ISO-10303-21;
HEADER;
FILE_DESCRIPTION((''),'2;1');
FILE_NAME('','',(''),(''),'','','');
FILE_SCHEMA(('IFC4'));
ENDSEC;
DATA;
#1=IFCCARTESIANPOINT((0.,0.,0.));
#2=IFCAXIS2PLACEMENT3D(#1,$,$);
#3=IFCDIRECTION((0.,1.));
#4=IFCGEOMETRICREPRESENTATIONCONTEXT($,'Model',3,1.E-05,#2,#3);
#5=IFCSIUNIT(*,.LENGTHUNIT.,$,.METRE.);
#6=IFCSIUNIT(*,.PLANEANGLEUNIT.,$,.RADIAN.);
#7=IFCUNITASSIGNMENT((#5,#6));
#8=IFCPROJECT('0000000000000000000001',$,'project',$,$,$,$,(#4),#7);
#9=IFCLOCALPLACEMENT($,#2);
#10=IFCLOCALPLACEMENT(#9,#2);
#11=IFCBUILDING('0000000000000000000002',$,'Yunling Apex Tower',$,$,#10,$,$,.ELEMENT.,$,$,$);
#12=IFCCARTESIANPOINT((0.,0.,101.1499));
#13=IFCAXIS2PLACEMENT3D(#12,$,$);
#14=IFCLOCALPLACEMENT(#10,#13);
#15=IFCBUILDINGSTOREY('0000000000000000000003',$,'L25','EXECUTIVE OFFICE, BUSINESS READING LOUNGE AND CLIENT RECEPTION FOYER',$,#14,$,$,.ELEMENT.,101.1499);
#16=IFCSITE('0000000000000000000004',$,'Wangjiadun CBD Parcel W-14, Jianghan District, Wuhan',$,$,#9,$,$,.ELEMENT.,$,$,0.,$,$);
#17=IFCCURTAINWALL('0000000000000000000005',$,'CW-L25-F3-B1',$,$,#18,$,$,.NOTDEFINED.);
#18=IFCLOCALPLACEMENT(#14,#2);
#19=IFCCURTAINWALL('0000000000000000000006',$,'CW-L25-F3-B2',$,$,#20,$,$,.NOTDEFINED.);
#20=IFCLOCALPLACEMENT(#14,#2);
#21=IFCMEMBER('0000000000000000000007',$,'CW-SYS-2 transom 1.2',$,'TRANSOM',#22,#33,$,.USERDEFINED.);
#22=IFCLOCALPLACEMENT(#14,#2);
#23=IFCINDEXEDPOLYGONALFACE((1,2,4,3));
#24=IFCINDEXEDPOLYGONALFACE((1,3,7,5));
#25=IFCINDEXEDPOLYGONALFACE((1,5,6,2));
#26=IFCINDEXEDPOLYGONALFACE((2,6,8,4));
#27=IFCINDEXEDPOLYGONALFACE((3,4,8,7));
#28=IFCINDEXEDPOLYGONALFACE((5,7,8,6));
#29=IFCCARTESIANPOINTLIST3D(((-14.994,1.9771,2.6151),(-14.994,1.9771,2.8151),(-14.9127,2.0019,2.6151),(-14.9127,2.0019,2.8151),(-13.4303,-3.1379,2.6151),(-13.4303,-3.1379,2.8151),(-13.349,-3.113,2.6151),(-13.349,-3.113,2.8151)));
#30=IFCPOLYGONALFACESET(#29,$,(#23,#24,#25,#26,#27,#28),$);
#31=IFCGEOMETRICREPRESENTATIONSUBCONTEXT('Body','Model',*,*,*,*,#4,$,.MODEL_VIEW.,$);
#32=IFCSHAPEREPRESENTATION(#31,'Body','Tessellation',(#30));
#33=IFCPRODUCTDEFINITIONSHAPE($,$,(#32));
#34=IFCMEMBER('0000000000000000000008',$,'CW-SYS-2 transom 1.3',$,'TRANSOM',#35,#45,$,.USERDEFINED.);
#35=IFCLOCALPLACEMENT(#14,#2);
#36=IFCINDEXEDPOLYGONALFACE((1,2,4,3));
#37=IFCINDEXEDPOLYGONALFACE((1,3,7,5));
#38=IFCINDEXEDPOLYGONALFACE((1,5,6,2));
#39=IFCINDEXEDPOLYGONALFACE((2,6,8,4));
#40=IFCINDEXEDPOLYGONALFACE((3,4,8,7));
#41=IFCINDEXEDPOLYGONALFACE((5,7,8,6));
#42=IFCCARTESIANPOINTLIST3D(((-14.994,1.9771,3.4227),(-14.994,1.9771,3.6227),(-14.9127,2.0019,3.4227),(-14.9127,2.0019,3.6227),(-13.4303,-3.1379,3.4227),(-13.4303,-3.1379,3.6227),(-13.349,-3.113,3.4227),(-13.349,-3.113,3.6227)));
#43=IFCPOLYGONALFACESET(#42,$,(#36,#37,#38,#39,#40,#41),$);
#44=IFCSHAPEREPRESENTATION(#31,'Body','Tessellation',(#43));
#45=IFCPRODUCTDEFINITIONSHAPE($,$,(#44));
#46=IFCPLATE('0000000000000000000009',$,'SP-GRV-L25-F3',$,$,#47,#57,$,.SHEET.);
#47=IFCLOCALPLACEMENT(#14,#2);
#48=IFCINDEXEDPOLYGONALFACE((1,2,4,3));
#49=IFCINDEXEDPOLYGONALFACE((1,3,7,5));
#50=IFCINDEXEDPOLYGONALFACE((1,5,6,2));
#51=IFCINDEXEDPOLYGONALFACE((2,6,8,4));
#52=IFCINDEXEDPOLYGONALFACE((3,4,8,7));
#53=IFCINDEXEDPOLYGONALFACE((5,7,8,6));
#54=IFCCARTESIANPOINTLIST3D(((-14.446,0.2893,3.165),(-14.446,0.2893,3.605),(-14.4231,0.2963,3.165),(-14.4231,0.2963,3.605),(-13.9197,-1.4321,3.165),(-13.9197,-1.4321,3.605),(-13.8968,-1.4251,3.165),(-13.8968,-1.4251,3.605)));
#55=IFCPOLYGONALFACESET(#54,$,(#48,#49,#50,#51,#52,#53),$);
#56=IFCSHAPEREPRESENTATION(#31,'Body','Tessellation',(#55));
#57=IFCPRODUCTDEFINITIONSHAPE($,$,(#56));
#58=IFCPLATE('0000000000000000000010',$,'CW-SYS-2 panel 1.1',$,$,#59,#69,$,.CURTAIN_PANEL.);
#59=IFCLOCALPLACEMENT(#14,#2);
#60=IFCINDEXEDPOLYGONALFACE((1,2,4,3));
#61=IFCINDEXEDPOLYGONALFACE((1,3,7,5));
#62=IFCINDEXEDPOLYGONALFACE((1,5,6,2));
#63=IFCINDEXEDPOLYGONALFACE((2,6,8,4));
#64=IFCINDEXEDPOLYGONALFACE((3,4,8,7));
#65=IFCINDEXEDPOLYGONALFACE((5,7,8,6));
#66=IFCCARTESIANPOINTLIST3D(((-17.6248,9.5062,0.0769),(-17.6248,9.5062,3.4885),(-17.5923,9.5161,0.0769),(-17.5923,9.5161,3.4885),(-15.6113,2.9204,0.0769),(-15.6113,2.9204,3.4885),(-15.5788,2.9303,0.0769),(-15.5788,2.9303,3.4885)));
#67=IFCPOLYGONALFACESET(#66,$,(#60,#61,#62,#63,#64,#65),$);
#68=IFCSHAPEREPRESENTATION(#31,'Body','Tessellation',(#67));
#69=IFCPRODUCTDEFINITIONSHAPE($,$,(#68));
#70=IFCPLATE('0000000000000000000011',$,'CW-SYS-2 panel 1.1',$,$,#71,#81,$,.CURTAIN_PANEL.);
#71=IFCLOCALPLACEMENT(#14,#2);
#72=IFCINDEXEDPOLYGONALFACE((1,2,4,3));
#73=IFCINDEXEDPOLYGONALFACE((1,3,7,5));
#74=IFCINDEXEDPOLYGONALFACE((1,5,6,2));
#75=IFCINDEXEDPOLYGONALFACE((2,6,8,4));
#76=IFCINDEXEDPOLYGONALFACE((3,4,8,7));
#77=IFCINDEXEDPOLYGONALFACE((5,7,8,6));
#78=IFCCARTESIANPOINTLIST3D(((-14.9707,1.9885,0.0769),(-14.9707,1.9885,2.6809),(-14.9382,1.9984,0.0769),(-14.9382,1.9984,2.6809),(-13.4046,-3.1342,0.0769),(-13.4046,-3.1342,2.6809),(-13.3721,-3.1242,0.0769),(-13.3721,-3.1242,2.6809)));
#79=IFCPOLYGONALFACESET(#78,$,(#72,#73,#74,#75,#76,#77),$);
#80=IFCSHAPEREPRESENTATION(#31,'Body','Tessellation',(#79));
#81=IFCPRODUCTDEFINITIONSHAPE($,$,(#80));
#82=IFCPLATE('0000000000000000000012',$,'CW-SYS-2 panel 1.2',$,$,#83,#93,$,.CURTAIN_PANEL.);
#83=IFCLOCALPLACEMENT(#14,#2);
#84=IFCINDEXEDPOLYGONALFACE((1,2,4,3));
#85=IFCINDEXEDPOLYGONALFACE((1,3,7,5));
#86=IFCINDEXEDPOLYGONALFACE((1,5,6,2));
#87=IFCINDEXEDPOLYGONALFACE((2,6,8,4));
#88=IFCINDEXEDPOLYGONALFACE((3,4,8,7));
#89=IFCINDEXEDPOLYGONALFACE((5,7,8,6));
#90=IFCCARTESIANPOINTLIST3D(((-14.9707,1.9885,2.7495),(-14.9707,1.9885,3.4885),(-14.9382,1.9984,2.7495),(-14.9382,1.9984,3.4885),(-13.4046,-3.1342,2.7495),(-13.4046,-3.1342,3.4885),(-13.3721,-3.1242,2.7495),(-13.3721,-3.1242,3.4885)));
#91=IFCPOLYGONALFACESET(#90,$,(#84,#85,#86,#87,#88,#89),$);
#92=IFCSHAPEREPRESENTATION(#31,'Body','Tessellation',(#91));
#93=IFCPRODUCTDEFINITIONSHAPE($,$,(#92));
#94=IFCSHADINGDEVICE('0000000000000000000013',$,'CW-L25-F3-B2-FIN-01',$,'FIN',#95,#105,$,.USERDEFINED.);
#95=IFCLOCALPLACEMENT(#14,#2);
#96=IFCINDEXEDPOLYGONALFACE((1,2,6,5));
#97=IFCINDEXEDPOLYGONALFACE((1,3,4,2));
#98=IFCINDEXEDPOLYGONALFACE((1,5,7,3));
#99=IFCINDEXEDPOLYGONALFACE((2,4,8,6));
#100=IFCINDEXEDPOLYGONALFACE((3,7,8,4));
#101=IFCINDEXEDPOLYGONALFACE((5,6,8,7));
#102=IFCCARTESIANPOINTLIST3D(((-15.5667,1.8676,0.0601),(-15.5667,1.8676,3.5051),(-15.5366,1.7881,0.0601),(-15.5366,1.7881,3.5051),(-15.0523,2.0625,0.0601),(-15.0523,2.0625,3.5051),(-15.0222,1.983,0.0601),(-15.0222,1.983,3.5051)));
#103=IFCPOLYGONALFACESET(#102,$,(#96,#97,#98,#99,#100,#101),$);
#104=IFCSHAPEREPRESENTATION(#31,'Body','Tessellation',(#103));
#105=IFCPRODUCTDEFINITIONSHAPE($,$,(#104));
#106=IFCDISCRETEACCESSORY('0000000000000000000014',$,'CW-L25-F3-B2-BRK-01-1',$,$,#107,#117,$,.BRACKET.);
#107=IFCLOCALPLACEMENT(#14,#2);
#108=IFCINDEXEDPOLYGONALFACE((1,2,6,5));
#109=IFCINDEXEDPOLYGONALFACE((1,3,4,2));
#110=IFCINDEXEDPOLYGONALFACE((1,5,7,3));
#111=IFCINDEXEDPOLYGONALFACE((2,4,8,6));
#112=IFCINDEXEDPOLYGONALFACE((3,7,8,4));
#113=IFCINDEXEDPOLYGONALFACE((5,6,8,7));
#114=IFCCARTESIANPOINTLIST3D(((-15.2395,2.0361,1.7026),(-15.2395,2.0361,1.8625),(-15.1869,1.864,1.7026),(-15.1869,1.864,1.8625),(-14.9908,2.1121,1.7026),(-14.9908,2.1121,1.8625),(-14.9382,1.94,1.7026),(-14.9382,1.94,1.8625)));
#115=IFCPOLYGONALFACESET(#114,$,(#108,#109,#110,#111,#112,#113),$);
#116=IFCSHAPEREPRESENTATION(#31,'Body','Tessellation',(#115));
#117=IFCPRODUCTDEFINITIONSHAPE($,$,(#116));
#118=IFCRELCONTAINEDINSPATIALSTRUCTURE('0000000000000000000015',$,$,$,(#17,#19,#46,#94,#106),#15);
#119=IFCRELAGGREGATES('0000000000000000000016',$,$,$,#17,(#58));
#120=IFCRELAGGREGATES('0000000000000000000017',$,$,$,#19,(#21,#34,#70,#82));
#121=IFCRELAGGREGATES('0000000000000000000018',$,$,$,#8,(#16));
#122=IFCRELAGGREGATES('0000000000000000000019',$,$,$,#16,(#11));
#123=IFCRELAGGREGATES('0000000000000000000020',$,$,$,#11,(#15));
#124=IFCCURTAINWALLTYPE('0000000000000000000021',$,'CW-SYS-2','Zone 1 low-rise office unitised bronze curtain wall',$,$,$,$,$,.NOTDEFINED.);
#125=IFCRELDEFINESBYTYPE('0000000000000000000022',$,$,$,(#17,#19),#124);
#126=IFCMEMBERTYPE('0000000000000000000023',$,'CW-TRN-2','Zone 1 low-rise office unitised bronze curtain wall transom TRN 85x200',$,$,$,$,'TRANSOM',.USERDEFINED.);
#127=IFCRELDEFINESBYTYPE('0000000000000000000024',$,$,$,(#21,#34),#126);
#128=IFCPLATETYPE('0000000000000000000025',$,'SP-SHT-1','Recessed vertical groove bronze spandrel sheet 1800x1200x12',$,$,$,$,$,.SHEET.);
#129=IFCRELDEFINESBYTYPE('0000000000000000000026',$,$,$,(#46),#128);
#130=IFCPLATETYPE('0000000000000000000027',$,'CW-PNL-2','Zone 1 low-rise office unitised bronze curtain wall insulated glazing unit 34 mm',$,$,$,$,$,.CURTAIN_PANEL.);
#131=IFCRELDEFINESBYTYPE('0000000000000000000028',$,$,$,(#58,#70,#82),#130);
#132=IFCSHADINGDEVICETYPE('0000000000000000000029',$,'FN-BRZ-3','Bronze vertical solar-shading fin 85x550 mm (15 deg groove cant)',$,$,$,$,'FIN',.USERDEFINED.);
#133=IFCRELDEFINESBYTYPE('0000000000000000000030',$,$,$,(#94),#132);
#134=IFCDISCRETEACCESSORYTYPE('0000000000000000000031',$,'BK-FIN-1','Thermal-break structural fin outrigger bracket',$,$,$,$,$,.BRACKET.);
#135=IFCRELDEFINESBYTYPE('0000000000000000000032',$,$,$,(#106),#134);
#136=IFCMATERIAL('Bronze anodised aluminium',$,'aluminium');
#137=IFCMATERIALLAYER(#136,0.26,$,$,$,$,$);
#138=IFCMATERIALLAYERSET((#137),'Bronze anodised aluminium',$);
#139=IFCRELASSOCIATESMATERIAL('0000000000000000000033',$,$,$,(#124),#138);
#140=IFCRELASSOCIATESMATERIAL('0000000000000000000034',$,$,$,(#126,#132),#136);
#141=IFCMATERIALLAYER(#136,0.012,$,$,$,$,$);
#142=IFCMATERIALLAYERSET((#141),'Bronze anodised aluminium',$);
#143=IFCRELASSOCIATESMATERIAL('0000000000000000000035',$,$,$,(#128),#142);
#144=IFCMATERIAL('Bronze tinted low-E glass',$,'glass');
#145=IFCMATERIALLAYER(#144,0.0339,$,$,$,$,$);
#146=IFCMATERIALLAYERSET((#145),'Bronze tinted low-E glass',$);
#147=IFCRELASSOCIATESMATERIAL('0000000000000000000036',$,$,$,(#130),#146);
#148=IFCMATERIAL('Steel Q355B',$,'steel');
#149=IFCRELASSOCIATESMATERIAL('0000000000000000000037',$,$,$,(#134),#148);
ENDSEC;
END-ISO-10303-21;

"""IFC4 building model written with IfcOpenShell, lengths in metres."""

from ifc_helpers import new_model, si_unit, direction, frame, origin, origin_2d, place, context, subcontext, project, spatial, rectangle, extrude, source, transform, mapped, material, layer, layer_set, material_profile, profile_set, type_object, element, aggregate, save


model = new_model("IFC4")

# Units and contexts
model_context = context("Model", 3, precision=1e-05, world=origin(), true_north=direction((0.0, 1.0)))
body_context = subcontext(model_context, "Body", "Model", "MODEL_VIEW")
ifc_project = project(units=[si_unit("LENGTHUNIT", "METRE"), si_unit("PLANEANGLEUNIT", "RADIAN")], contexts=[model_context])

# Site, building, storey
site_placement = place(None, origin())
site = spatial("IfcSite", under=ifc_project, at=site_placement, Name="Wangjiadun CBD Parcel W-14, Jianghan District, Wuhan", CompositionType="ELEMENT", RefElevation=0.0)
building_placement = place(site_placement, origin())
building = spatial("IfcBuilding", under=site, at=building_placement, Name="Yunling Apex Tower", CompositionType="ELEMENT")
storey_placement = place(building_placement, frame((0.0, 0.0, 101.1499)))
storey = spatial("IfcBuildingStorey", under=building, at=storey_placement, Name="L25", Description="EXECUTIVE OFFICE, BUSINESS READING LOUNGE AND CLIENT RECEPTION FOYER", CompositionType="ELEMENT", Elevation=101.1499)

# Shared definitions
ifc_material_1 = material(Name="Steel Q355B", Category="steel")

# Curtain wall
ifc_material_2 = material(Name="Bronze anodised aluminium", Category="aluminium")
ifc_layer_1 = layer(ifc_material_2, 0.26)
ifc_layer_set_1 = layer_set([ifc_layer_1], Name="Bronze anodised aluminium")
curtain_wall_type = type_object("IfcCurtainWallType", Name="CW-SYS-2", Description="Zone 1 low-rise office unitised bronze curtain wall", PredefinedType="NOTDEFINED", material=ifc_layer_set_1)
curtain_wall_1_placement = place(storey_placement, origin())
curtain_wall_1 = element("IfcCurtainWall", 1, at=curtain_wall_1_placement, inside=storey, type_object=curtain_wall_type, Name="CW-L25-F3-B1", PredefinedType="NOTDEFINED")

# Curtain wall, members
curtain_wall_2_placement = place(storey_placement, origin())
curtain_wall_2 = element("IfcCurtainWall", 2, at=curtain_wall_2_placement, inside=storey, type_object=curtain_wall_type, Name="CW-L25-F3-B2", PredefinedType="NOTDEFINED")
ifc_material_profile_1 = material_profile(ifc_material_2, rectangle(XDim=0.085, YDim=0.2, at=origin_2d()))
ifc_profile_set_1 = profile_set([ifc_material_profile_1], Name="Bronze anodised aluminium")
member_type_1 = type_object("IfcMemberType", Name="CW-TRN-2", Description="Zone 1 low-rise office unitised bronze curtain wall transom TRN 85x200", ElementType="TRANSOM", PredefinedType="USERDEFINED", material=ifc_profile_set_1)
shared_shape_1 = source(origin(), body_context, "Body", "SweptSolid", [
    extrude(rectangle(XDim=0.085, YDim=0.2, at=origin_2d()), origin(), (0.0, 0.0, 1.0), 5.3486),
])
member_1_placement = place(storey_placement, frame((-14.9534, 1.9895, 2.7151), z_axis=(0.292357, -0.956309, 0.0), x_axis=(0.956309, 0.292357, 0.0)))
member_1 = element("IfcMember", 3, at=member_1_placement, type_object=member_type_1, Name="CW-SYS-2 transom 1.2", ObjectType="TRANSOM", PredefinedType="USERDEFINED", context=body_context, shape_type="MappedRepresentation", body=[
    mapped(shared_shape_1, transform((0.0, 0.0, 0.0), scale=1.0)),
])
member_2_placement = place(storey_placement, frame((-14.9534, 1.9895, 3.5227), z_axis=(0.292357, -0.956309, 0.0), x_axis=(0.956309, 0.292357, 0.0)))
member_2 = element("IfcMember", 4, at=member_2_placement, type_object=member_type_1, Name="CW-SYS-2 transom 1.3", ObjectType="TRANSOM", PredefinedType="USERDEFINED", context=body_context, shape_type="MappedRepresentation", body=[
    mapped(shared_shape_1, transform((0.0, 0.0, 0.0), scale=1.0)),
])

# Plates
ifc_layer_2 = layer(ifc_material_2, 0.012)
ifc_layer_set_2 = layer_set([ifc_layer_2], Name="Bronze anodised aluminium")
plate_type_1 = type_object("IfcPlateType", Name="SP-SHT-1", Description="Recessed vertical groove bronze spandrel sheet 1800x1200x12", PredefinedType="SHEET", material=ifc_layer_set_2)
shared_shape_2 = source(origin(), body_context, "Body", "SweptSolid", [
    extrude(rectangle(XDim=1.8, YDim=0.0239, at=origin_2d()), origin(), (0.0, 0.0, 1.0), 0.4399),
])
plate_1_placement = place(storey_placement, frame((-14.1714, -0.5679, 3.165), z_axis=(0.0, 0.0, 1.0), x_axis=(0.292372, -0.956305, 0.0)))
element("IfcPlate", 5, at=plate_1_placement, inside=storey, type_object=plate_type_1, Name="SP-GRV-L25-F3", PredefinedType="SHEET", context=body_context, shape_type="MappedRepresentation", body=[
    mapped(shared_shape_2, transform((0.0, 0.0, 0.0), scale=1.0)),
])
ifc_material_3 = material(Name="Bronze tinted low-E glass", Category="glass")
ifc_layer_3 = layer(ifc_material_3, 0.0339)
ifc_layer_set_3 = layer_set([ifc_layer_3], Name="Bronze tinted low-E glass")
plate_type_2 = type_object("IfcPlateType", Name="CW-PNL-2", Description="Zone 1 low-rise office unitised bronze curtain wall insulated glazing unit 34 mm", PredefinedType="CURTAIN_PANEL", material=ifc_layer_set_3)
shared_shape_3 = source(origin(), body_context, "Body", "SweptSolid", [
    extrude(rectangle(XDim=6.8867, YDim=0.0339, at=origin_2d()), origin(), (0.0, 0.0, 1.0), 3.4116),
])
plate_2_placement = place(storey_placement, frame((-16.6018, 6.2183, 0.0769), z_axis=(0.0, 0.0, 1.0), x_axis=(0.292373, -0.956304, 0.0)))
plate_2 = element("IfcPlate", 6, at=plate_2_placement, type_object=plate_type_2, Name="CW-SYS-2 panel 1.1", PredefinedType="CURTAIN_PANEL", context=body_context, shape_type="MappedRepresentation", body=[
    mapped(shared_shape_3, transform((0.0, 0.0, 0.0), scale=1.0)),
])
aggregate(curtain_wall_1, [plate_2])
shared_shape_4 = source(origin(), body_context, "Body", "SweptSolid", [
    extrude(rectangle(XDim=5.3567, YDim=0.0339, at=origin_2d()), origin(), (0.0, 0.0, 1.0), 2.604),
])
plate_3_placement = place(storey_placement, frame((-14.1714, -0.5679, 0.0769), z_axis=(0.0, 0.0, 1.0), x_axis=(0.292364, -0.956307, 0.0)))
plate_3 = element("IfcPlate", 7, at=plate_3_placement, type_object=plate_type_2, Name="CW-SYS-2 panel 1.1", PredefinedType="CURTAIN_PANEL", context=body_context, shape_type="MappedRepresentation", body=[
    mapped(shared_shape_4, transform((0.0, 0.0, 0.0), scale=1.0)),
])
shared_shape_5 = source(origin(), body_context, "Body", "SweptSolid", [
    extrude(rectangle(XDim=5.3567, YDim=0.0339, at=origin_2d()), origin(), (0.0, 0.0, 1.0), 0.739),
])
plate_4_placement = place(storey_placement, frame((-14.1714, -0.5679, 2.7495), z_axis=(0.0, 0.0, 1.0), x_axis=(0.292364, -0.956307, 0.0)))
plate_4 = element("IfcPlate", 8, at=plate_4_placement, type_object=plate_type_2, Name="CW-SYS-2 panel 1.2", PredefinedType="CURTAIN_PANEL", context=body_context, shape_type="MappedRepresentation", body=[
    mapped(shared_shape_5, transform((0.0, 0.0, 0.0), scale=1.0)),
])
aggregate(curtain_wall_2, [member_1, member_2, plate_3, plate_4])

# Shading device
ifc_material_profile_2 = material_profile(ifc_material_2, rectangle(XDim=0.085, YDim=0.55, at=origin_2d()))
ifc_profile_set_2 = profile_set([ifc_material_profile_2], Name="Bronze anodised aluminium")
shading_device_type = type_object("IfcShadingDeviceType", Name="FN-BRZ-3", Description="Bronze vertical solar-shading fin 85x550 mm (15 deg groove cant)", ElementType="FIN", PredefinedType="USERDEFINED", material=ifc_profile_set_2)
shared_shape_6 = source(origin(), body_context, "Body", "SweptSolid", [
    extrude(rectangle(XDim=0.085, YDim=0.55, at=origin_2d()), origin(), (0.0, 0.0, 1.0), 3.4451),
])
shading_device_placement = place(storey_placement, frame((-15.2944, 1.9253, 0.0601), z_axis=(0.0, 0.0, 1.0), x_axis=(0.354291, -0.935135, 0.0)))
element("IfcShadingDevice", 9, at=shading_device_placement, inside=storey, type_object=shading_device_type, Name="CW-L25-F3-B2-FIN-01", ObjectType="FIN", PredefinedType="USERDEFINED", context=body_context, shape_type="MappedRepresentation", body=[
    mapped(shared_shape_6, transform((0.0, 0.0, 0.0), scale=1.0)),
])

# Discrete accessory
discrete_accessory_type = type_object("IfcDiscreteAccessoryType", Name="BK-FIN-1", Description="Thermal-break structural fin outrigger bracket", PredefinedType="BRACKET", material=ifc_material_1)
shared_shape_7 = source(origin(), body_context, "Body", "SweptSolid", [
    extrude(rectangle(XDim=0.1799, YDim=0.26, at=origin_2d()), origin(), (0.0, 0.0, 1.0), 0.1599),
])
discrete_accessory_placement = place(storey_placement, frame((-15.0889, 1.988, 1.7026), z_axis=(0.0, 0.0, 1.0), x_axis=(0.292372, -0.956305, 0.0)))
element("IfcDiscreteAccessory", 10, at=discrete_accessory_placement, inside=storey, type_object=discrete_accessory_type, Name="CW-L25-F3-B2-BRK-01-1", PredefinedType="BRACKET", context=body_context, shape_type="MappedRepresentation", body=[
    mapped(shared_shape_7, transform((0.0, 0.0, 0.0), scale=1.0)),
])

save(model, "model.ifc")
